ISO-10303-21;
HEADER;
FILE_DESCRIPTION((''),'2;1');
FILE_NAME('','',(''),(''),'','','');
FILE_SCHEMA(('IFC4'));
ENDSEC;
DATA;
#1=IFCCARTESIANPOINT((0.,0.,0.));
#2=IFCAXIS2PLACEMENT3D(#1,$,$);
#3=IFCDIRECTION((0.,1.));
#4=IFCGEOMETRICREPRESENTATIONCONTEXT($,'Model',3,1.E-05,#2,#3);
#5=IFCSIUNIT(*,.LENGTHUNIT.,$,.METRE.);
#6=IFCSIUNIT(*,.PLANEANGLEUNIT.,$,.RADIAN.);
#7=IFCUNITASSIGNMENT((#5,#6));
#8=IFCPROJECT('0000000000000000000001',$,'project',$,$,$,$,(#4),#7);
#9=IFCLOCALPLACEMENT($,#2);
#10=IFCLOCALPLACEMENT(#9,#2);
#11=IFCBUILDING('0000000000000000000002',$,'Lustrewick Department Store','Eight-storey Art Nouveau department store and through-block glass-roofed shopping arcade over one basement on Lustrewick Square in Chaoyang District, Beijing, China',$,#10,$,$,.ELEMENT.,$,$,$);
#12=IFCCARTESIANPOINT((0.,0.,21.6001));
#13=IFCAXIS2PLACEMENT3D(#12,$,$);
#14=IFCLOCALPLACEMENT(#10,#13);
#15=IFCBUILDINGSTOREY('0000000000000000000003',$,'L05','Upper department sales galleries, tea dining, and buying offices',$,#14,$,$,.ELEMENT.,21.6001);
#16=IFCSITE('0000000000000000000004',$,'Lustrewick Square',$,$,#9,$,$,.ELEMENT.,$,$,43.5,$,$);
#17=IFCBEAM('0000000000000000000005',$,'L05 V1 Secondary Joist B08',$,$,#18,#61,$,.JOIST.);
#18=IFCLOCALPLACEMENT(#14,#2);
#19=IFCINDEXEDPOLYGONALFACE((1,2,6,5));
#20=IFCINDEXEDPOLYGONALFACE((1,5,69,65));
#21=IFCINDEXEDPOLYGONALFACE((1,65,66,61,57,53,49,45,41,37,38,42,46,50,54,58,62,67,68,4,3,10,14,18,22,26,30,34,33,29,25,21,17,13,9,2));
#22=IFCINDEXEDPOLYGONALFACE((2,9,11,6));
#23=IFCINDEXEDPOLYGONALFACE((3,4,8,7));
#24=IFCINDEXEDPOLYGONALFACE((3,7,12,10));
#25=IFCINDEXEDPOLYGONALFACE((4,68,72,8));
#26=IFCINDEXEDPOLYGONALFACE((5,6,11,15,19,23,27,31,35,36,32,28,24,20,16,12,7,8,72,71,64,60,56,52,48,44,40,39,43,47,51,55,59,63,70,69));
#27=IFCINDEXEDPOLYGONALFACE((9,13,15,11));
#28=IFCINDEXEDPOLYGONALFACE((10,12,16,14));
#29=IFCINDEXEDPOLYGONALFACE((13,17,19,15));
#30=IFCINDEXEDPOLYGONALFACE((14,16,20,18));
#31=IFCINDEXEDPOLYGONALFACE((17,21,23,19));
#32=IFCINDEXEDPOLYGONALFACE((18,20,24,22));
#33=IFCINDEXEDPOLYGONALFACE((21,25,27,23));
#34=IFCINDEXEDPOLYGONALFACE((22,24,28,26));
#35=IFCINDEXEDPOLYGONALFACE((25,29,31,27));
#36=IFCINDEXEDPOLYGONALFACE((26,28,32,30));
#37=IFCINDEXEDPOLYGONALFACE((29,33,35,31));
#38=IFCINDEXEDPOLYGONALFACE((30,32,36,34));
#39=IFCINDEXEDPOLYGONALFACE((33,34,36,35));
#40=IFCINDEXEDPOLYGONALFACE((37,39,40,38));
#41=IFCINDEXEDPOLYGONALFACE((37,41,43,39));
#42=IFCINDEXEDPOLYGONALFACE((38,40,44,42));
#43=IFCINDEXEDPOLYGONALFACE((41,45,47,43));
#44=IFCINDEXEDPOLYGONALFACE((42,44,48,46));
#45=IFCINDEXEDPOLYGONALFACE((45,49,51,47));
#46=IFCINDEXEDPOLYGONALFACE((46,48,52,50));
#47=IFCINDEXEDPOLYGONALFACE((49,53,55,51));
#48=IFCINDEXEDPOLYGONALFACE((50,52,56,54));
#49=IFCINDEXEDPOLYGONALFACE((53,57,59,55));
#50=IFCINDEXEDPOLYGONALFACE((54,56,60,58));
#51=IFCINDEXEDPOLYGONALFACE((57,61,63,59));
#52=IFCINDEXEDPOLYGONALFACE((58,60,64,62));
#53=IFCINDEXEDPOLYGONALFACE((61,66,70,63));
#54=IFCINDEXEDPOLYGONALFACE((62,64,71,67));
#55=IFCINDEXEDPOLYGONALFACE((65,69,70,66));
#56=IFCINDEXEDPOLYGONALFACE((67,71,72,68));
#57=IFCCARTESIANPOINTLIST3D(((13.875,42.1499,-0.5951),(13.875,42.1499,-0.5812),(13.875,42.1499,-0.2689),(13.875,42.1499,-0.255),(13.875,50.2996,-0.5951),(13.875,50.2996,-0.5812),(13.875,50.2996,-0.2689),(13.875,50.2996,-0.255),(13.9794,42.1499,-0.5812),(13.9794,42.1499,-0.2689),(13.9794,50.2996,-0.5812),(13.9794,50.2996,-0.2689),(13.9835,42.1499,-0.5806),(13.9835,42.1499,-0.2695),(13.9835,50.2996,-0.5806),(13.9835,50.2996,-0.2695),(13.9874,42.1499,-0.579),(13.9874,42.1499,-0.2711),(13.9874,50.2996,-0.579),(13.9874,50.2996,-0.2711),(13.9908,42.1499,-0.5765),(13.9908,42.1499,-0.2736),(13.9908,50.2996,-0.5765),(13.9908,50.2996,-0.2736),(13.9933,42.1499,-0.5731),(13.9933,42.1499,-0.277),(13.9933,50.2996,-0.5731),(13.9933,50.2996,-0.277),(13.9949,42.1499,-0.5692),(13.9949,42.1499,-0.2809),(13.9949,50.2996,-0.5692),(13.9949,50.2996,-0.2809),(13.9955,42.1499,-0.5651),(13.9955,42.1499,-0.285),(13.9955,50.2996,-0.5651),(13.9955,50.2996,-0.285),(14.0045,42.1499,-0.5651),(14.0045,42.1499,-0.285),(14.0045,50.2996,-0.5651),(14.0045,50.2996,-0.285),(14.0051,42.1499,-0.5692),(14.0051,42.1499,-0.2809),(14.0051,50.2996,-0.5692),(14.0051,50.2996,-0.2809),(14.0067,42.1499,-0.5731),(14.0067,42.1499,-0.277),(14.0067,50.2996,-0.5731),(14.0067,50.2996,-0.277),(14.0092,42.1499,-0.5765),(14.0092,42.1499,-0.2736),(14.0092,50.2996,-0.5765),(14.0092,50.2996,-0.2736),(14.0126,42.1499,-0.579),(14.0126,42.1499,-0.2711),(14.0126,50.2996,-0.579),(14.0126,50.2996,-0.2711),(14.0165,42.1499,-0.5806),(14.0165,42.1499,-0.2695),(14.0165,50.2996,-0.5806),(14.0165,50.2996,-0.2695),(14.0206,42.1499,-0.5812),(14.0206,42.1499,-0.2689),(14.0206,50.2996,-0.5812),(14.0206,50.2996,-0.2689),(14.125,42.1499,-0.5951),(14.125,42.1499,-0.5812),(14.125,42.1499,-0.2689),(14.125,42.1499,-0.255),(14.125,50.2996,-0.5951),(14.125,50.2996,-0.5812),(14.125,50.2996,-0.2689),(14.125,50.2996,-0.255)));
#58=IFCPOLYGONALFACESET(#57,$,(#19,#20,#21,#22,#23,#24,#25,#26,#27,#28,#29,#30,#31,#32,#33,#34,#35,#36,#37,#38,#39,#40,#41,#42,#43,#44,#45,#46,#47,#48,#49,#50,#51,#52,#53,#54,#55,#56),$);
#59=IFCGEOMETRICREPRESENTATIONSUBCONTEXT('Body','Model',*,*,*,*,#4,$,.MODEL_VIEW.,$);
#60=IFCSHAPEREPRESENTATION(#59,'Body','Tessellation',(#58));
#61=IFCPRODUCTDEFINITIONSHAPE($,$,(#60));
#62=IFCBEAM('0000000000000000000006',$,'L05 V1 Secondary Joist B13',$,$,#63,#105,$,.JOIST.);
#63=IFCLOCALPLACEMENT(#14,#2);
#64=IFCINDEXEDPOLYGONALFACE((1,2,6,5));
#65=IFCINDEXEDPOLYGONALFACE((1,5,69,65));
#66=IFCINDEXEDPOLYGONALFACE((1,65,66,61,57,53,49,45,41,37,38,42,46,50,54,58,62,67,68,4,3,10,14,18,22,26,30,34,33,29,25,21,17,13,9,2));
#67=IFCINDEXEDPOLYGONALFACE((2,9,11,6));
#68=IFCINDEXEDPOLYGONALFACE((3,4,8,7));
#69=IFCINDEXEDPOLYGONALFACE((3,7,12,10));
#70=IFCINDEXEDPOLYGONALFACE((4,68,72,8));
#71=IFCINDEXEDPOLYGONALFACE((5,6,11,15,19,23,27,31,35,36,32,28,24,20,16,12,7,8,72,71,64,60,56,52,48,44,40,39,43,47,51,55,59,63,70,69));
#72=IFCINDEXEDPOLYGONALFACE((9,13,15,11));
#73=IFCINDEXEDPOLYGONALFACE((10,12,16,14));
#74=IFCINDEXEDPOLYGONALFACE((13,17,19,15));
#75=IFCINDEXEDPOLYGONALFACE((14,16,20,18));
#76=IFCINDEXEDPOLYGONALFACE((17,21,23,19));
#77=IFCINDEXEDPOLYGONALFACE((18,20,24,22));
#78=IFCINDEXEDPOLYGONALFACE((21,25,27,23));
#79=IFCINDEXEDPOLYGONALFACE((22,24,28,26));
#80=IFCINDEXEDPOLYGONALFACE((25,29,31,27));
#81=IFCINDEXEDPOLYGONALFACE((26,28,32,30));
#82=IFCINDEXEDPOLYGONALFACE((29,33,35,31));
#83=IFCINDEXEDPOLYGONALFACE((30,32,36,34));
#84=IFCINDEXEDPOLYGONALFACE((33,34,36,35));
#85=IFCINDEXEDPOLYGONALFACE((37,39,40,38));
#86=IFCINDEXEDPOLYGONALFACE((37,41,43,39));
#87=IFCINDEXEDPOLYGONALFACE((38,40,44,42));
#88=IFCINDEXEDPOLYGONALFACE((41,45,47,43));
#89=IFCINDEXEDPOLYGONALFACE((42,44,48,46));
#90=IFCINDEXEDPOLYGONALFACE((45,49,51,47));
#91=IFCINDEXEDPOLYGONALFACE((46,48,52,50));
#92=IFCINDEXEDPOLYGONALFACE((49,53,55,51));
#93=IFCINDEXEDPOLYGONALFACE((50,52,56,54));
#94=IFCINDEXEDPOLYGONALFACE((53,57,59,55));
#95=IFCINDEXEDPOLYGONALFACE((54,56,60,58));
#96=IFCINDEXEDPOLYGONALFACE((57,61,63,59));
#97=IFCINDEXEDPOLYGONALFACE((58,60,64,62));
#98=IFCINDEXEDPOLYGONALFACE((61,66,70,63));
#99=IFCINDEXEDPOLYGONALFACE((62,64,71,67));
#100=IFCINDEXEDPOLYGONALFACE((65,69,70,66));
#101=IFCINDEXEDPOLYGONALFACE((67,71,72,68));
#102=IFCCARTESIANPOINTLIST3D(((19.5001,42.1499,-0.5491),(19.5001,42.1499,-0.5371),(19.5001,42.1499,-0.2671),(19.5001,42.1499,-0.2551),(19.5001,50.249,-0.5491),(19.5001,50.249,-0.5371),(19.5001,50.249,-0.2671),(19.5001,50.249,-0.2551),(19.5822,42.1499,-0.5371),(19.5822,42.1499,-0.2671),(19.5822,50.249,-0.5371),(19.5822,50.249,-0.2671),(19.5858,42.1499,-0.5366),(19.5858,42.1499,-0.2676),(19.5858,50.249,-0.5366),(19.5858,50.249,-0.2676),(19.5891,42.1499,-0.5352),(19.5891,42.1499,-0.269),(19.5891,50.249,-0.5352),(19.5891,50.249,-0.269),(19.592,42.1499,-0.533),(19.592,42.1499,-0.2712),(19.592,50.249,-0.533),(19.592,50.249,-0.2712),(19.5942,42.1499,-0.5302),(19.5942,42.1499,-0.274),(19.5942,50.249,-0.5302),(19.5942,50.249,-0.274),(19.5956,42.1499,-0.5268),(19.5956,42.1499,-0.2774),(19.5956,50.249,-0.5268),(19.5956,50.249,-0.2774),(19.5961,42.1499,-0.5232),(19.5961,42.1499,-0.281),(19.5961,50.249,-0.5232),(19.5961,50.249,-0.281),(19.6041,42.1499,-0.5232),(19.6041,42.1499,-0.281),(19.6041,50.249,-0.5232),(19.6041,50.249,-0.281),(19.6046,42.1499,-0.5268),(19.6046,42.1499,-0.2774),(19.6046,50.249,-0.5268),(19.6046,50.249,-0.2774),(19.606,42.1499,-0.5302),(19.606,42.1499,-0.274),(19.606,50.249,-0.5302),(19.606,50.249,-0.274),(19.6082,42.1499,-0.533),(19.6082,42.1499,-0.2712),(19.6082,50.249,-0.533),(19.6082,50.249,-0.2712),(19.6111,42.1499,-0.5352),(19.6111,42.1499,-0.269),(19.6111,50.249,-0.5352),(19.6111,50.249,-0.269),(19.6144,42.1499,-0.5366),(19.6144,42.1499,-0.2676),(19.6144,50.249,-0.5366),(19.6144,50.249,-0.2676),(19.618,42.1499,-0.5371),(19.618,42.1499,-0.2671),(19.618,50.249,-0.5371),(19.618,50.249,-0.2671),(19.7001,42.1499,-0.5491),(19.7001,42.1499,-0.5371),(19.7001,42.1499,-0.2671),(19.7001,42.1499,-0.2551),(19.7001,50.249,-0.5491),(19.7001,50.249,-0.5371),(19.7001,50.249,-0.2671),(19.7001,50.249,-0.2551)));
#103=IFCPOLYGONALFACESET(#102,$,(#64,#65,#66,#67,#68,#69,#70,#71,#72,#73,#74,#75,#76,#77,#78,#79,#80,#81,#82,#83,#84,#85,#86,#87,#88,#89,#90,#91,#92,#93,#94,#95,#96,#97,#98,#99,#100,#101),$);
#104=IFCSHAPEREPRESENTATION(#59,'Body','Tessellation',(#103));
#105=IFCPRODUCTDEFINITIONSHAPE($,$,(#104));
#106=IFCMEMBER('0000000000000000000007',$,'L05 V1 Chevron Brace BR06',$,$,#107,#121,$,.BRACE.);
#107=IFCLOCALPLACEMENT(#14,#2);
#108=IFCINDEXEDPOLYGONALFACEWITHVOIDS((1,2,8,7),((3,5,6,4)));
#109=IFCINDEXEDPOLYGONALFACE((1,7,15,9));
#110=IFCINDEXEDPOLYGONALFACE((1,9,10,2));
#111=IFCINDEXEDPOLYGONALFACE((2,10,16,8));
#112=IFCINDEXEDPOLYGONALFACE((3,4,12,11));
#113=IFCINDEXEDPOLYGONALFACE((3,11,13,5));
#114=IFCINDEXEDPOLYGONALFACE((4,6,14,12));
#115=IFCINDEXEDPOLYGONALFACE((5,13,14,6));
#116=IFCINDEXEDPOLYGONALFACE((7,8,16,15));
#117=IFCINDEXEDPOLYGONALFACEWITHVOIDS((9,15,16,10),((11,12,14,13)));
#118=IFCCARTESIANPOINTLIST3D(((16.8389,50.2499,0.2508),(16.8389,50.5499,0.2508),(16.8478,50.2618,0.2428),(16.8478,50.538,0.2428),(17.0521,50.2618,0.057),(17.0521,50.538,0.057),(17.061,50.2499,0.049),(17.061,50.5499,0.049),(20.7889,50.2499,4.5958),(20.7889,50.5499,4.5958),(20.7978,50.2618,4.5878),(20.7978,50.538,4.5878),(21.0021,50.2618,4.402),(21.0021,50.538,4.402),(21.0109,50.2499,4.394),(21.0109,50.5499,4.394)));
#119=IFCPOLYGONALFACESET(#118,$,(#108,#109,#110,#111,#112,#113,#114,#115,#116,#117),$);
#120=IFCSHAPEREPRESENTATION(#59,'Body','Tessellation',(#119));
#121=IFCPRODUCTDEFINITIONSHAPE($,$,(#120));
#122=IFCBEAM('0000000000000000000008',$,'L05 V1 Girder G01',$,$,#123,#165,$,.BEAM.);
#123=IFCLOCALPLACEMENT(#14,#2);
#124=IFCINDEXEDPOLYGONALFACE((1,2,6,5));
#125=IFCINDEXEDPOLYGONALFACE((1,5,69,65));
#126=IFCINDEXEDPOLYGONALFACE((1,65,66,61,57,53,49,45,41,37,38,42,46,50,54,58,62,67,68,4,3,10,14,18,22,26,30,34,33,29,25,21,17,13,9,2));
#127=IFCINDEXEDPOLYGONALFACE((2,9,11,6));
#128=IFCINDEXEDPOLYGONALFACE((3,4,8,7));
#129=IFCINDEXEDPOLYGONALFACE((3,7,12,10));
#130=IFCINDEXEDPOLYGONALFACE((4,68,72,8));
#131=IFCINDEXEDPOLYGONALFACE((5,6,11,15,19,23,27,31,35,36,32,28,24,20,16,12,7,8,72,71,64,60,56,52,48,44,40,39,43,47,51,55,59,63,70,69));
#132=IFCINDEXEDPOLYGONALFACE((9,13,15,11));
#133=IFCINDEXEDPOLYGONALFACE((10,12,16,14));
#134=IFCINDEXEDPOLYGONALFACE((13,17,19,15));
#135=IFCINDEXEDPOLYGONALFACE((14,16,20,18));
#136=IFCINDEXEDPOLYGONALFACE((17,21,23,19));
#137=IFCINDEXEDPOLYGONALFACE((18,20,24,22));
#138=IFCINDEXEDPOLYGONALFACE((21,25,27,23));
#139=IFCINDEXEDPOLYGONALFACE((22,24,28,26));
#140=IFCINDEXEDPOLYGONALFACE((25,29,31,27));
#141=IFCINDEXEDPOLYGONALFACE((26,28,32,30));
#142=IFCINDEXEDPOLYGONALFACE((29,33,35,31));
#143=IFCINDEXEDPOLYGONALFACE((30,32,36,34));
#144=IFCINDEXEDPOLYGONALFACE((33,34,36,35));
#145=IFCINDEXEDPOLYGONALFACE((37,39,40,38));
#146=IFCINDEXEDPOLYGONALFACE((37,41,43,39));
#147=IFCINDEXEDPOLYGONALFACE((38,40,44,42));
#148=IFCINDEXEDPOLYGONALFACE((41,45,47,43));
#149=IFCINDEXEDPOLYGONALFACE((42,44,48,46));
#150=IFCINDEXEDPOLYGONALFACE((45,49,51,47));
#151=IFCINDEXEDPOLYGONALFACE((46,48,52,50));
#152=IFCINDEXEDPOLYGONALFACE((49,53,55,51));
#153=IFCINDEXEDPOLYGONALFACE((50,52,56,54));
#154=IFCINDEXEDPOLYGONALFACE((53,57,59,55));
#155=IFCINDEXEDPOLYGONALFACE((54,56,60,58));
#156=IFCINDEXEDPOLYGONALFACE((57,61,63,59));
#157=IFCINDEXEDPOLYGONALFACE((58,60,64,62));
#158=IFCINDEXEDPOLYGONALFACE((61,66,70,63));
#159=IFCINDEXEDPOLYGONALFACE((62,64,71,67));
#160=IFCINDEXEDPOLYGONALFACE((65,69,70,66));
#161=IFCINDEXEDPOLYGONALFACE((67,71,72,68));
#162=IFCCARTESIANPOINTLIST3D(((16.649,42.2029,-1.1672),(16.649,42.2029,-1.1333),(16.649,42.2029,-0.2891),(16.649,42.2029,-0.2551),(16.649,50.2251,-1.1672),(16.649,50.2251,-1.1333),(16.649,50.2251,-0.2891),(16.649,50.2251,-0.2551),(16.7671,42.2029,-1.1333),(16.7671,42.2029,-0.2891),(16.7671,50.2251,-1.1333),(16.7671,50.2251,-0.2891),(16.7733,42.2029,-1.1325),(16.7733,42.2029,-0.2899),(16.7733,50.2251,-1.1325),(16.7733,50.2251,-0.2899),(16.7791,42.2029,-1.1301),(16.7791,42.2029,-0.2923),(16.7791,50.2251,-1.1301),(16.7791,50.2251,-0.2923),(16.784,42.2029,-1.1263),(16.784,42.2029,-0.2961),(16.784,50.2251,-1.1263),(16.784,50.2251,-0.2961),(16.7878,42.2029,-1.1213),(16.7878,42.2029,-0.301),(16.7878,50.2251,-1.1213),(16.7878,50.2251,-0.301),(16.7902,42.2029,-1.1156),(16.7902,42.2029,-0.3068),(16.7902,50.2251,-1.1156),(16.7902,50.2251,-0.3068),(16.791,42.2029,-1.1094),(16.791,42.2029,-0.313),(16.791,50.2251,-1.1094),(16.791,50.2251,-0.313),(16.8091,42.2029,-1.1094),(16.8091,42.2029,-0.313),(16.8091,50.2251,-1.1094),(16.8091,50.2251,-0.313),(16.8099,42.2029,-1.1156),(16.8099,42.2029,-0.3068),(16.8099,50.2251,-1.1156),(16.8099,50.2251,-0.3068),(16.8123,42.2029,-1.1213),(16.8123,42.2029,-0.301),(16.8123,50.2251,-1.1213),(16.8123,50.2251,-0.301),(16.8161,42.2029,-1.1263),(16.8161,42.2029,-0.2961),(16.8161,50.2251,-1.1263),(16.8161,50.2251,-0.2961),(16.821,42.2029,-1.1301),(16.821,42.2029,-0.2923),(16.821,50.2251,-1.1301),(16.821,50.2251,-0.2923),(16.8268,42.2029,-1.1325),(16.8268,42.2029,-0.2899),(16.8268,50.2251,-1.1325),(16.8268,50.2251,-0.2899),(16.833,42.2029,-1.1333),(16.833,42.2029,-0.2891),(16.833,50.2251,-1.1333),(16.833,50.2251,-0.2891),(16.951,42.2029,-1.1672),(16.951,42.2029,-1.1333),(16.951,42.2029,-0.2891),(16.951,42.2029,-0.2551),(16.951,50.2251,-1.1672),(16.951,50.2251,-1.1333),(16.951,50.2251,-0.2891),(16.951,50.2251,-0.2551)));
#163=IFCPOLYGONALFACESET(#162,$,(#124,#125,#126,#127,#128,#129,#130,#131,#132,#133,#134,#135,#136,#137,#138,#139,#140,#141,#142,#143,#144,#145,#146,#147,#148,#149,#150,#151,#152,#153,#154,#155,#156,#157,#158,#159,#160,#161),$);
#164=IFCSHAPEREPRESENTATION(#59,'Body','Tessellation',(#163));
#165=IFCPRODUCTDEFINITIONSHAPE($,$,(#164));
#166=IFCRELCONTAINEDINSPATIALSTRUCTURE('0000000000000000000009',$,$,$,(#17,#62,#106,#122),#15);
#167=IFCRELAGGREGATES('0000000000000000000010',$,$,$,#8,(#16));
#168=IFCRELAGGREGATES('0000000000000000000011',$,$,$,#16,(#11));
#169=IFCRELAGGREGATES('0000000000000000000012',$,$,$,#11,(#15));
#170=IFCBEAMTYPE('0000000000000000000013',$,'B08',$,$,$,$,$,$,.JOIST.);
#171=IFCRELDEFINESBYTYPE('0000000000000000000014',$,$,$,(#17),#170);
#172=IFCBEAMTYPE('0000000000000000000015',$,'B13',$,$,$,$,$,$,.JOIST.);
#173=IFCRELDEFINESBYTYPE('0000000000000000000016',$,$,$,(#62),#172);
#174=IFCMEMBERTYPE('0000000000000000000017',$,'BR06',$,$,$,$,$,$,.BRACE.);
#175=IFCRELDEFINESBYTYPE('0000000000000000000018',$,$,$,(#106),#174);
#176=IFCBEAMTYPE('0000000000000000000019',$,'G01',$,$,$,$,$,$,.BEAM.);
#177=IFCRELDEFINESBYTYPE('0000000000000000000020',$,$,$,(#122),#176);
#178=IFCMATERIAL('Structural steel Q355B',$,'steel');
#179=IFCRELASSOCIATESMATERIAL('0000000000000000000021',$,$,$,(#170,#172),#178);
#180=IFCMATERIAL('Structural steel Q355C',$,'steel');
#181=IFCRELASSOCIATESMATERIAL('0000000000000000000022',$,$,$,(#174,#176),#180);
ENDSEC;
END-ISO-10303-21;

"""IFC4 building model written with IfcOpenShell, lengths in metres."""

from ifc_helpers import new_model, si_unit, direction, frame, origin, origin_2d, place, context, subcontext, project, spatial, hollow_rectangle, i_section, extrude, material, material_profile, profile_set, type_object, element, save


model = new_model("IFC4")

# Units and contexts
model_context = context("Model", 3, precision=1e-05, world=origin(), true_north=direction((0.0, 1.0)))
body_context = subcontext(model_context, "Body", "Model", "MODEL_VIEW")
ifc_project = project(units=[si_unit("LENGTHUNIT", "METRE"), si_unit("PLANEANGLEUNIT", "RADIAN")], contexts=[model_context])

# Site, building, storey
site_placement = place(None, origin())
site = spatial("IfcSite", under=ifc_project, at=site_placement, Name="Lustrewick Square", CompositionType="ELEMENT", RefElevation=43.5)
building_placement = place(site_placement, origin())
building = spatial("IfcBuilding", under=site, at=building_placement, Name="Lustrewick Department Store", Description="Eight-storey Art Nouveau department store and through-block glass-roofed shopping arcade over one basement on Lustrewick Square in Chaoyang District, Beijing, China", CompositionType="ELEMENT")
storey_placement = place(building_placement, frame((0.0, 0.0, 21.6001)))
storey = spatial("IfcBuildingStorey", under=building, at=storey_placement, Name="L05", Description="Upper department sales galleries, tea dining, and buying offices", CompositionType="ELEMENT", Elevation=21.6001)

# Shared definitions
ifc_material_1 = material(Name="Structural steel Q355B", Category="steel")

# Beams
ifc_material_profile_1 = material_profile(ifc_material_1, i_section(OverallWidth=0.25, OverallDepth=0.3401, WebThickness=0.009, FlangeThickness=0.0139, FilletRadius=0.0161, at=origin_2d()), Name="HM 340x250x9x14")
ifc_profile_set_1 = profile_set([ifc_material_profile_1], Name="Structural steel Q355B")
beam_type_1 = type_object("IfcBeamType", Name="B08", PredefinedType="JOIST", material=ifc_profile_set_1)
beam_1_placement = place(storey_placement, frame((14.0, 42.1499, -0.425), z_axis=(0.0, 1.0, 0.0), x_axis=(-1.0, 0.0, 0.0)))
element("IfcBeam", 1, at=beam_1_placement, inside=storey, type_object=beam_type_1, Name="L05 V1 Secondary Joist B08", PredefinedType="JOIST", context=body_context, shape_type="SweptSolid", body=[
    extrude(i_section(OverallWidth=0.25, OverallDepth=0.3401, WebThickness=0.009, FlangeThickness=0.0139, FilletRadius=0.0161, at=origin_2d()), origin(), (0.0, 0.0, 1.0), 8.1497),
])
ifc_material_profile_2 = material_profile(ifc_material_1, i_section(OverallWidth=0.2, OverallDepth=0.2939, WebThickness=0.0081, FlangeThickness=0.012, FilletRadius=0.0139, at=origin_2d()), Name="HM 294x200x8x12")
ifc_profile_set_2 = profile_set([ifc_material_profile_2], Name="Structural steel Q355B")
beam_type_2 = type_object("IfcBeamType", Name="B13", PredefinedType="JOIST", material=ifc_profile_set_2)
beam_2_placement = place(storey_placement, frame((19.6001, 42.1499, -0.4021), z_axis=(0.0, 1.0, 0.0), x_axis=(-1.0, 0.0, 0.0)))
element("IfcBeam", 2, at=beam_2_placement, inside=storey, type_object=beam_type_2, Name="L05 V1 Secondary Joist B13", PredefinedType="JOIST", context=body_context, shape_type="SweptSolid", body=[
    extrude(i_section(OverallWidth=0.2, OverallDepth=0.2939, WebThickness=0.0081, FlangeThickness=0.012, FilletRadius=0.0139, at=origin_2d()), origin(), (0.0, 0.0, 1.0), 8.0991),
])

# Member
ifc_material_2 = material(Name="Structural steel Q355C", Category="steel")
ifc_material_profile_3 = material_profile(ifc_material_2, hollow_rectangle(XDim=0.3, YDim=0.3, WallThickness=0.012, at=origin_2d()), Name="SHS 300x300x12")
ifc_profile_set_3 = profile_set([ifc_material_profile_3], Name="Structural steel Q355C")
member_type = type_object("IfcMemberType", Name="BR06", PredefinedType="BRACE", material=ifc_profile_set_3)
member_placement = place(storey_placement, frame((16.95, 50.3999, 0.1499), z_axis=(0.672671, 0.0, 0.739942), x_axis=(0.0, 1.0, 0.0)))
element("IfcMember", 3, at=member_placement, inside=storey, type_object=member_type, Name="L05 V1 Chevron Brace BR06", PredefinedType="BRACE", context=body_context, shape_type="SweptSolid", body=[
    extrude(hollow_rectangle(XDim=0.3, YDim=0.3, WallThickness=0.012, at=origin_2d()), origin(), (0.0, 0.0, 1.0), 5.8721),
])

# Beam
ifc_material_profile_4 = material_profile(ifc_material_2, i_section(OverallWidth=0.302, OverallDepth=0.9121, WebThickness=0.0181, FlangeThickness=0.0339, FilletRadius=0.0239, at=origin_2d()), Name="HN 912x302x18x34")
ifc_profile_set_4 = profile_set([ifc_material_profile_4], Name="Structural steel Q355C")
beam_type_3 = type_object("IfcBeamType", Name="G01", PredefinedType="BEAM", material=ifc_profile_set_4)
beam_3_placement = place(storey_placement, frame((16.8, 42.2029, -0.7112), z_axis=(0.0, 1.0, 0.0), x_axis=(-1.0, 0.0, 0.0)))
element("IfcBeam", 4, at=beam_3_placement, inside=storey, type_object=beam_type_3, Name="L05 V1 Girder G01", PredefinedType="BEAM", context=body_context, shape_type="SweptSolid", body=[
    extrude(i_section(OverallWidth=0.302, OverallDepth=0.9121, WebThickness=0.0181, FlangeThickness=0.0339, FilletRadius=0.0239, at=origin_2d()), origin(), (0.0, 0.0, 1.0), 8.0222),
])

save(model, "model.ifc")
